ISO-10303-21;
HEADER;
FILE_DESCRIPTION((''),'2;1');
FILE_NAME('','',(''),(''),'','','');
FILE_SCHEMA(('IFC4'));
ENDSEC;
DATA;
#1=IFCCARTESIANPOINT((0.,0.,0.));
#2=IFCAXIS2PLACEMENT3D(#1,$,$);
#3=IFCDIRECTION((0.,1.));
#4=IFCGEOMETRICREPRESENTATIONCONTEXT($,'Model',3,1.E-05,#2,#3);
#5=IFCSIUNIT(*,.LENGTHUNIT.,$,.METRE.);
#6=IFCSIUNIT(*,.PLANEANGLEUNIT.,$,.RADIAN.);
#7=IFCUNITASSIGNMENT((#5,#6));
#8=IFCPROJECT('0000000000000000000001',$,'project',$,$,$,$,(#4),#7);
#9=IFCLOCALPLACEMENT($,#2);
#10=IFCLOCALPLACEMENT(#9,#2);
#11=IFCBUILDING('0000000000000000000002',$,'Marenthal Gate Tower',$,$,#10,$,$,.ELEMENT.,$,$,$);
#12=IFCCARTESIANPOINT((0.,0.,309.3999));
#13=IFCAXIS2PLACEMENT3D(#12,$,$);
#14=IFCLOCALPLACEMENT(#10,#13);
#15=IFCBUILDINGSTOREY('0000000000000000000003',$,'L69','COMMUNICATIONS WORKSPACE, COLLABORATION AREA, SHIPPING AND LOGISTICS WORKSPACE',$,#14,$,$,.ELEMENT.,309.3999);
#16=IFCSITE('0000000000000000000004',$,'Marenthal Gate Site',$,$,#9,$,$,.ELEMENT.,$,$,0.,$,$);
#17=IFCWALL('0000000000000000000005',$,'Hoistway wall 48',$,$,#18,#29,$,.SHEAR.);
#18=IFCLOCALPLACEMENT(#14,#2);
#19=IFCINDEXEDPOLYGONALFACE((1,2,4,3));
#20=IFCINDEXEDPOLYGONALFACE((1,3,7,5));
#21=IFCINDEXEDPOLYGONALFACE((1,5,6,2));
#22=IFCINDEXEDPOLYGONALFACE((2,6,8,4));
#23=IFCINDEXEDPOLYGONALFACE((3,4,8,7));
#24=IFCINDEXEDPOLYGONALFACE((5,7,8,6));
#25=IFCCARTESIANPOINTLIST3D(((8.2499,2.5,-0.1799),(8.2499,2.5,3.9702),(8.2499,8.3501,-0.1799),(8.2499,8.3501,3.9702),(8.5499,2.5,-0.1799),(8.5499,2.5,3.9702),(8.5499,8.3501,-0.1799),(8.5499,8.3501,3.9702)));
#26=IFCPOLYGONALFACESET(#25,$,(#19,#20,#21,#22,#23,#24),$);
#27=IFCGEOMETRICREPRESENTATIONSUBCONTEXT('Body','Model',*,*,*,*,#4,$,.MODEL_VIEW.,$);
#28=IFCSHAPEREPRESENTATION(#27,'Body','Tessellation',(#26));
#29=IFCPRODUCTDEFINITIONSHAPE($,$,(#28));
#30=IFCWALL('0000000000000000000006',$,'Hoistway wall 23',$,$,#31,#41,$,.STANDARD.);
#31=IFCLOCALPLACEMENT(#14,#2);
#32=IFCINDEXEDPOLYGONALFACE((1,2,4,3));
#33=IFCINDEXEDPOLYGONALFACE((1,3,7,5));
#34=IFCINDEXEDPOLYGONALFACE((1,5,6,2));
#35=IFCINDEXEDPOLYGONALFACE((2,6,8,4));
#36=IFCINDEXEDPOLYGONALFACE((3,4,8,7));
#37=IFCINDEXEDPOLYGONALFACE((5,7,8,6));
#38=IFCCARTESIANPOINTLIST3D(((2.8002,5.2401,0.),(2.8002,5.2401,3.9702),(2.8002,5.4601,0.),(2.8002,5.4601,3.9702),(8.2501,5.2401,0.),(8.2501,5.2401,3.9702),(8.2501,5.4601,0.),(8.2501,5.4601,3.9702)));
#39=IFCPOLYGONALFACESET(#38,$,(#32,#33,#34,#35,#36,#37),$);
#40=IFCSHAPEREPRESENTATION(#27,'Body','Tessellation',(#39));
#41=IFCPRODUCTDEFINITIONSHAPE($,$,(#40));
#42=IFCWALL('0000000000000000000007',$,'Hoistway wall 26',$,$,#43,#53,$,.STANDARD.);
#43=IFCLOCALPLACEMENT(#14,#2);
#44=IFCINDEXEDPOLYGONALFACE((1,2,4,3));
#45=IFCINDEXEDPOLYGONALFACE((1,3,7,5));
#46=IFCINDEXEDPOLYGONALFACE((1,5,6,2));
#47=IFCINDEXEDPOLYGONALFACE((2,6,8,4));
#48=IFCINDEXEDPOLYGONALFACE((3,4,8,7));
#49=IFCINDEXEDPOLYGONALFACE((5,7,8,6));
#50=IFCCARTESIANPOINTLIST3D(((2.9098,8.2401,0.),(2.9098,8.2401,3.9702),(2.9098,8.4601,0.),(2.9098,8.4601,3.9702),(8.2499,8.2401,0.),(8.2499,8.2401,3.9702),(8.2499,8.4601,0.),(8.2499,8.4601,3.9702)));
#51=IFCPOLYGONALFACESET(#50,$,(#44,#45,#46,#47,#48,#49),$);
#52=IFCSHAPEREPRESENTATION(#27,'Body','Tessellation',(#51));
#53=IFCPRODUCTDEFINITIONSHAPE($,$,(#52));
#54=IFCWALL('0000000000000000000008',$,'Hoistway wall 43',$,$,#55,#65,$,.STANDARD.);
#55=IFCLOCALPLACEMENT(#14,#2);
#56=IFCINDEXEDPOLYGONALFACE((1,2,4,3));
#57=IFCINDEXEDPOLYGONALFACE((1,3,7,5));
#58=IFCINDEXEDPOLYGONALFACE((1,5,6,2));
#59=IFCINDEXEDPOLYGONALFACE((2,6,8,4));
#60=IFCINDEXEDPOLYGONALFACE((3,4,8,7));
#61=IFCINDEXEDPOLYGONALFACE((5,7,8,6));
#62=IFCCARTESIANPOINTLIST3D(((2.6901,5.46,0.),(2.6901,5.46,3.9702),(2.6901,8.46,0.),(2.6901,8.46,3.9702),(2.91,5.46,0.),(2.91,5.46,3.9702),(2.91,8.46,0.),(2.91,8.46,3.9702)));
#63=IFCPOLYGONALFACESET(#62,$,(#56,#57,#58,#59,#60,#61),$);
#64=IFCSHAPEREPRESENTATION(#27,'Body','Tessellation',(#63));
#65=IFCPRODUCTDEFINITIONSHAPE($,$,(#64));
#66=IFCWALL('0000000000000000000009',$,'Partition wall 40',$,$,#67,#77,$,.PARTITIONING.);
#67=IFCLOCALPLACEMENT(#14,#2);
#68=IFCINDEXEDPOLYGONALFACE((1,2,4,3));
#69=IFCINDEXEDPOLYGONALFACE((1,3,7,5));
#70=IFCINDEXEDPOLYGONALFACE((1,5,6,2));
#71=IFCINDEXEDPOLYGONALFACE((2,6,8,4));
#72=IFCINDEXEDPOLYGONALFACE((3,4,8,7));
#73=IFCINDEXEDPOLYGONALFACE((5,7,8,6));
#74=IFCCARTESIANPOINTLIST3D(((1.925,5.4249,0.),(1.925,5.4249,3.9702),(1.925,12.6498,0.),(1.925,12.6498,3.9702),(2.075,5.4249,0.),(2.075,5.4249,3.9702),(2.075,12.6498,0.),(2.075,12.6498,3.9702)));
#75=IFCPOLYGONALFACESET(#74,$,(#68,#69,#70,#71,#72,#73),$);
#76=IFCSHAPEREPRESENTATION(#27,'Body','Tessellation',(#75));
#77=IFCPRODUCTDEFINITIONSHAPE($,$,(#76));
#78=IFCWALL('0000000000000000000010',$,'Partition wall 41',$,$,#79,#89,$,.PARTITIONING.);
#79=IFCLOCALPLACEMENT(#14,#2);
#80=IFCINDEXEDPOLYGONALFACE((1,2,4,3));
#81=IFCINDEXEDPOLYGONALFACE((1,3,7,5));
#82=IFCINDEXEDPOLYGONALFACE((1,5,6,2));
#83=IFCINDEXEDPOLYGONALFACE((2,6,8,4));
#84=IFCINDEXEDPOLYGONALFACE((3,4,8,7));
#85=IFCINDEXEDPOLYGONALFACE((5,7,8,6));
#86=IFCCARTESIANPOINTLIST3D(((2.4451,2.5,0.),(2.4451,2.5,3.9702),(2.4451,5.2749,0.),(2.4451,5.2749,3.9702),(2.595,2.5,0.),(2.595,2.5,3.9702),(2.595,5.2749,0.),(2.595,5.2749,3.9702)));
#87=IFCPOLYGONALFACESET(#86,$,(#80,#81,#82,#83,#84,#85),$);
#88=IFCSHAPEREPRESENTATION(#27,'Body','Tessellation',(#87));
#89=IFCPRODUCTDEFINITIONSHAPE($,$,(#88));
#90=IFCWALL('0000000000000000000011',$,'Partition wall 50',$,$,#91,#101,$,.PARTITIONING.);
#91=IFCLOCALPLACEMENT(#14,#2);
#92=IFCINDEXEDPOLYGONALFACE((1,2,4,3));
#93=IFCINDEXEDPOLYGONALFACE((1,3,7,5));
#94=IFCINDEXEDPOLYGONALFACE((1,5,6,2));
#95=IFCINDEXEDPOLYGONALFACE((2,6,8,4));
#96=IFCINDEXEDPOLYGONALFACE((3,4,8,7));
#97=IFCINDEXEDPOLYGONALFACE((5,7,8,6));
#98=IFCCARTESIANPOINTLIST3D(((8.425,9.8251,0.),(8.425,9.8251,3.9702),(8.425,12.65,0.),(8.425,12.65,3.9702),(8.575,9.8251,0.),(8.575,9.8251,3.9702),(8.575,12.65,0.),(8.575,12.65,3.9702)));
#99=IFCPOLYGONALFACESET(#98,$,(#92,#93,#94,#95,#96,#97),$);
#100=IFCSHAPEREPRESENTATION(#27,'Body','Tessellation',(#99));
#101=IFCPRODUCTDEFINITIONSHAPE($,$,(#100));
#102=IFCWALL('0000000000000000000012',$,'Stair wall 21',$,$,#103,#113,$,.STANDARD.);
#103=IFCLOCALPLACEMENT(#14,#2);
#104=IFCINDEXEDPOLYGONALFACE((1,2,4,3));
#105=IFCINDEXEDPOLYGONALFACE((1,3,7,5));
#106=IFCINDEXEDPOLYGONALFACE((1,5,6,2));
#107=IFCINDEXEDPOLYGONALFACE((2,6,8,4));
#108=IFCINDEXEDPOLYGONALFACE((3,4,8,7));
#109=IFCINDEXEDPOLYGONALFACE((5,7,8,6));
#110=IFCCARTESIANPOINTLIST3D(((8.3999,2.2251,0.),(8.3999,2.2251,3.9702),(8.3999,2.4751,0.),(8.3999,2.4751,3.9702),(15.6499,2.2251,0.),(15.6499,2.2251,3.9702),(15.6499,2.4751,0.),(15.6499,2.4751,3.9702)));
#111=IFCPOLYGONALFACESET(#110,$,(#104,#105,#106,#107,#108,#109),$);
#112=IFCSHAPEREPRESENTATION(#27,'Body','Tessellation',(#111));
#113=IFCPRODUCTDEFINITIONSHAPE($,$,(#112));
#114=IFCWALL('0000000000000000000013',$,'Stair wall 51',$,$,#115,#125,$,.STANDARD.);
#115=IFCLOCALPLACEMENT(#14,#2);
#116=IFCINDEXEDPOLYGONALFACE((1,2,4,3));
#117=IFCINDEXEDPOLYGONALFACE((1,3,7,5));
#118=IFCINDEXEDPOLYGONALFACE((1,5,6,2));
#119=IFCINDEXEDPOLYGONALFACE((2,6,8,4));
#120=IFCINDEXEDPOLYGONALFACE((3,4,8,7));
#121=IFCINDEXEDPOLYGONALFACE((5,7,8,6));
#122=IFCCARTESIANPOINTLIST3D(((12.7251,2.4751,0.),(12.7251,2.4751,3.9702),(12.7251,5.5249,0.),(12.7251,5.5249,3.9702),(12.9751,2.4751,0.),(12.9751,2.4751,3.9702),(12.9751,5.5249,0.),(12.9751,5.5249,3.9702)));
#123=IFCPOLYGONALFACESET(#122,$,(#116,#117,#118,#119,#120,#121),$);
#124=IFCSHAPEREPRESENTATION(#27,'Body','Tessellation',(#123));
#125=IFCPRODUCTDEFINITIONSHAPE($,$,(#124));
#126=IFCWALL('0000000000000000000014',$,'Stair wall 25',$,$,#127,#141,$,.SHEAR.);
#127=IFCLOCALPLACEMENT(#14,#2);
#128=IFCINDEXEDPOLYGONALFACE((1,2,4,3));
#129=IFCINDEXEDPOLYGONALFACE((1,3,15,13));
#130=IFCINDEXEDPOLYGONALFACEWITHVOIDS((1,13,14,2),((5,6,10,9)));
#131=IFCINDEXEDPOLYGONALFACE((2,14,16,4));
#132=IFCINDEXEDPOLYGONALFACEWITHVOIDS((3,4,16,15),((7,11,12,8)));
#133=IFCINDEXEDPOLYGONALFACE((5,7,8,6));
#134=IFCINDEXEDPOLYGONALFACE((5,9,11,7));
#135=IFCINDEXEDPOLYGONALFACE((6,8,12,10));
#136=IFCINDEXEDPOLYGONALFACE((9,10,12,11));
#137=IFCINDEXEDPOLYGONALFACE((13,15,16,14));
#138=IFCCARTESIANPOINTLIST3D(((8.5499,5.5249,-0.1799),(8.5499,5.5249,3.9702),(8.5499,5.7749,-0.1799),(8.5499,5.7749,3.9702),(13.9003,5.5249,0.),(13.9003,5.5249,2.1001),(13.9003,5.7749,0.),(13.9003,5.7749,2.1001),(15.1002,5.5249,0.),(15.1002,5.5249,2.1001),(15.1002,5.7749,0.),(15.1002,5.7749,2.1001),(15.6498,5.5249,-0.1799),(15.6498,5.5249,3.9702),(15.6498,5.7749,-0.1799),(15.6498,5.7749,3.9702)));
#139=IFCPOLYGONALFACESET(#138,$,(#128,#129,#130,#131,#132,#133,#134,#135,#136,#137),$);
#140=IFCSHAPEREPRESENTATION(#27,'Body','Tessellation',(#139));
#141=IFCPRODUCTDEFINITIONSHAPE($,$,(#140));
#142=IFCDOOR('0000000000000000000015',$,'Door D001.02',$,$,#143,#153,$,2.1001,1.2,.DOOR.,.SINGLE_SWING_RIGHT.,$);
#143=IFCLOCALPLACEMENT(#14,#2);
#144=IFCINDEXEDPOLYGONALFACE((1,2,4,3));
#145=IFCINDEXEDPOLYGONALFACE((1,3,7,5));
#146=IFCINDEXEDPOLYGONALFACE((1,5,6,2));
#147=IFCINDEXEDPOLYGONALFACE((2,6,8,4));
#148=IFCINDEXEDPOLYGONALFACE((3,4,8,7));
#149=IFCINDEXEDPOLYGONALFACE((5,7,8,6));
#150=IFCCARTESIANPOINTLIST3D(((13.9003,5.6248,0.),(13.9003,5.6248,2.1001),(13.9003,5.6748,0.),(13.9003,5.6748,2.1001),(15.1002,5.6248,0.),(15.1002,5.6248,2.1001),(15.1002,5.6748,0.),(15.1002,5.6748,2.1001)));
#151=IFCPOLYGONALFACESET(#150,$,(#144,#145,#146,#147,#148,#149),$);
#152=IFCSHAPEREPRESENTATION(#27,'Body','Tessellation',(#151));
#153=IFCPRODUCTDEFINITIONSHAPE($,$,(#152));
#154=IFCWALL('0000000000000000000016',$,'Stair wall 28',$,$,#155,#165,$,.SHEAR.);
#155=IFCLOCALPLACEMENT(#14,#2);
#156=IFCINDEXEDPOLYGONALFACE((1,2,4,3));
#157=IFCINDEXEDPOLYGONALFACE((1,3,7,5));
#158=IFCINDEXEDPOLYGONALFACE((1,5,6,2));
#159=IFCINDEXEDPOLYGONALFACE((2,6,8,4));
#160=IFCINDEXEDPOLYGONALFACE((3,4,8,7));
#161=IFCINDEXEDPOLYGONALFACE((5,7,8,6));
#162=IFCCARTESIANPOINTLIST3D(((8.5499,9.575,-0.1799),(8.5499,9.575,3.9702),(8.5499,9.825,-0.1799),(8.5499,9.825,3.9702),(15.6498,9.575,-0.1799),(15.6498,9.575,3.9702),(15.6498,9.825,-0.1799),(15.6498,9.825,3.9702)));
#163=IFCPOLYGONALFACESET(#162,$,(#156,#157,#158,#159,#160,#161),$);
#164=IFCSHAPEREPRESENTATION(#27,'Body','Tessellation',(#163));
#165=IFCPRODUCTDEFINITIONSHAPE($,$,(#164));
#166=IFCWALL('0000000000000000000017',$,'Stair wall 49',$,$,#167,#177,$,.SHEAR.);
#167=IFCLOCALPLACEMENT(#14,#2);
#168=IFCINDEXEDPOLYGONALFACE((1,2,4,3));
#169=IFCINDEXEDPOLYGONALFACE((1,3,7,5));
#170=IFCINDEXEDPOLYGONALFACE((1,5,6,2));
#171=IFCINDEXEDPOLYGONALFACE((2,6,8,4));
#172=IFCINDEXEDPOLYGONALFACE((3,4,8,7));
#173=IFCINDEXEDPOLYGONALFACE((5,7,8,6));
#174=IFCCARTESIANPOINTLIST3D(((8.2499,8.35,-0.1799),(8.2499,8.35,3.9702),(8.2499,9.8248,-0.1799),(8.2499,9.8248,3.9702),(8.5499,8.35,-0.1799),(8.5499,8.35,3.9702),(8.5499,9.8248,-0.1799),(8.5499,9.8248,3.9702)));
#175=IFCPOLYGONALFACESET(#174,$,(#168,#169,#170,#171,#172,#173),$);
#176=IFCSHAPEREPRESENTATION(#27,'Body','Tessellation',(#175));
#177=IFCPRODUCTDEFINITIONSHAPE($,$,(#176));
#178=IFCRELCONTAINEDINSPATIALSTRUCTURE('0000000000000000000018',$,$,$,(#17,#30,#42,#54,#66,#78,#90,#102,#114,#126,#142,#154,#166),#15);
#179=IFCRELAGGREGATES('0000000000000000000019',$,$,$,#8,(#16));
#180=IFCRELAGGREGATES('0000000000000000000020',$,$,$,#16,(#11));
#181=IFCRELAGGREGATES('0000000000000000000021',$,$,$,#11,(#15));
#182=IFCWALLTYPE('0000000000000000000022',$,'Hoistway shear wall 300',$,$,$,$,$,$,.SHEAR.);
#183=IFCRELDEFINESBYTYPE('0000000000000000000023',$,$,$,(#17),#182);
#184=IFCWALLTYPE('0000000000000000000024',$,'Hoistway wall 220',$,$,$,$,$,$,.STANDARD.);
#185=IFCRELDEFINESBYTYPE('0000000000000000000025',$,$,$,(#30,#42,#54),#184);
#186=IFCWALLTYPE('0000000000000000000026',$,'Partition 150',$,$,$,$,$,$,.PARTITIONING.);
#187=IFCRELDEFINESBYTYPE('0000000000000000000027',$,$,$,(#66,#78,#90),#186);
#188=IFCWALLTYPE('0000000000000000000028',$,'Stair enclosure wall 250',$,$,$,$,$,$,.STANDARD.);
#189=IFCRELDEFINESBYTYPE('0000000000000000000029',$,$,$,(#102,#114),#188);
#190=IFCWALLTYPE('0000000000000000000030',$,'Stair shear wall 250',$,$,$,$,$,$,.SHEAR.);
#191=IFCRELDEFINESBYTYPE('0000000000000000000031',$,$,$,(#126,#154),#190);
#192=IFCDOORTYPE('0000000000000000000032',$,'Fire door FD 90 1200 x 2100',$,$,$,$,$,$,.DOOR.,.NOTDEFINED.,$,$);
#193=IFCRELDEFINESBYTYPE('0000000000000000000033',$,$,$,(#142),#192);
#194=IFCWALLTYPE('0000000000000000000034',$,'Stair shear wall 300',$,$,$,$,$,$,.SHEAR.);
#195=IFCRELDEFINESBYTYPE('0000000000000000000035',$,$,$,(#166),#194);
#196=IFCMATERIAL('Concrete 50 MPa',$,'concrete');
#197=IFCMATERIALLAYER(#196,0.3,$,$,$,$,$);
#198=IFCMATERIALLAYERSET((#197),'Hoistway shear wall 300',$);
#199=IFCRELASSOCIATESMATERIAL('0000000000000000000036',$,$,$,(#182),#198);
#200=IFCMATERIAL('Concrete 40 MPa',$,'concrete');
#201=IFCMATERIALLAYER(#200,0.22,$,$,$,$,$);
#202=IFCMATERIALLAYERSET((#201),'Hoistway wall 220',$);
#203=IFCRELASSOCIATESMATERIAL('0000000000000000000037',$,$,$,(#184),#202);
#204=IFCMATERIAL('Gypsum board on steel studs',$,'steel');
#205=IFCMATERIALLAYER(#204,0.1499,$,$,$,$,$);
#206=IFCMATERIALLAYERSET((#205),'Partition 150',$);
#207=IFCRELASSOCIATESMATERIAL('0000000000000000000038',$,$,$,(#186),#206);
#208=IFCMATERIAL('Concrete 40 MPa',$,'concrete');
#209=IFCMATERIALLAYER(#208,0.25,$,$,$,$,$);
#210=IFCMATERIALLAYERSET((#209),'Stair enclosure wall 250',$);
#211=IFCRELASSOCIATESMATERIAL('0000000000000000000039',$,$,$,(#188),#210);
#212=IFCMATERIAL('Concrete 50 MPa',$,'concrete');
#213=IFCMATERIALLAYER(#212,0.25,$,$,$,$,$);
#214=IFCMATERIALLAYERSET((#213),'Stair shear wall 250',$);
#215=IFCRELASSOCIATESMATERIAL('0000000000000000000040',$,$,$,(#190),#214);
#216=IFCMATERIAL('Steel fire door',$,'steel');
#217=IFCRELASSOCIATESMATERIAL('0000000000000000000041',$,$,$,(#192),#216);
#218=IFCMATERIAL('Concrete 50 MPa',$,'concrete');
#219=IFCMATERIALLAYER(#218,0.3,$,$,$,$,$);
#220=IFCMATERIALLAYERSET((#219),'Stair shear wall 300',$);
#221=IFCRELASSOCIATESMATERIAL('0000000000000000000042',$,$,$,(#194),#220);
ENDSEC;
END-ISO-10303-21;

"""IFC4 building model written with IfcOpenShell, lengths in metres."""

from ifc_helpers import new_model, si_unit, direction, frame, frame_2d, origin, place, context, subcontext, project, spatial, rectangle, extrude, material, layer, layer_set, type_object, element, fill, save


model = new_model("IFC4")

# Units and contexts
model_context = context("Model", 3, precision=1e-05, world=origin(), true_north=direction((0.0, 1.0)))
body_context = subcontext(model_context, "Body", "Model", "MODEL_VIEW")
ifc_project = project(units=[si_unit("LENGTHUNIT", "METRE"), si_unit("PLANEANGLEUNIT", "RADIAN")], contexts=[model_context])

# Site, building, storey
site_placement = place(None, origin())
site = spatial("IfcSite", under=ifc_project, at=site_placement, Name="Marenthal Gate Site", CompositionType="ELEMENT", RefElevation=0.0)
building_placement = place(site_placement, origin())
building = spatial("IfcBuilding", under=site, at=building_placement, Name="Marenthal Gate Tower", CompositionType="ELEMENT")
storey_placement = place(building_placement, frame((0.0, 0.0, 309.3999)))
storey = spatial("IfcBuildingStorey", under=building, at=storey_placement, Name="L69", Description="COMMUNICATIONS WORKSPACE, COLLABORATION AREA, SHIPPING AND LOGISTICS WORKSPACE", CompositionType="ELEMENT", Elevation=309.3999)

# Walls
ifc_material_1 = material(Name="Concrete 50 MPa", Category="concrete")
ifc_layer_1 = layer(ifc_material_1, 0.3)
ifc_layer_set_1 = layer_set([ifc_layer_1], Name="Hoistway shear wall 300")
wall_type_1 = type_object("IfcWallType", Name="Hoistway shear wall 300", PredefinedType="SHEAR", material=ifc_layer_set_1)
wall_1_placement = place(storey_placement, frame((8.3999, 2.5, -0.1799), z_axis=(0.0, 0.0, 1.0), x_axis=(0.0, 1.0, 0.0)))
element("IfcWall", 1, at=wall_1_placement, inside=storey, type_object=wall_type_1, Name="Hoistway wall 48", PredefinedType="SHEAR", context=body_context, shape_type="SweptSolid", body=[
    extrude(rectangle(XDim=5.8501, YDim=0.3, at=frame_2d((2.925, 0.0))), origin(), (0.0, 0.0, 1.0), 4.1501),
])
ifc_material_2 = material(Name="Concrete 40 MPa", Category="concrete")
ifc_layer_2 = layer(ifc_material_2, 0.22)
ifc_layer_set_2 = layer_set([ifc_layer_2], Name="Hoistway wall 220")
wall_type_2 = type_object("IfcWallType", Name="Hoistway wall 220", PredefinedType="STANDARD", material=ifc_layer_set_2)
wall_2_placement = place(storey_placement, frame((2.8, 5.3501, 0.0), z_axis=(0.0, 0.0, 1.0), x_axis=(1.0, 0.0, 0.0)))
element("IfcWall", 2, at=wall_2_placement, inside=storey, type_object=wall_type_2, Name="Hoistway wall 23", PredefinedType="STANDARD", context=body_context, shape_type="SweptSolid", body=[
    extrude(rectangle(XDim=5.45, YDim=0.22, at=frame_2d((2.7251, 0.0))), origin(), (0.0, 0.0, 1.0), 3.9702),
])
wall_3_placement = place(storey_placement, frame((2.9099, 8.3501, 0.0), z_axis=(0.0, 0.0, 1.0), x_axis=(1.0, 0.0, 0.0)))
element("IfcWall", 3, at=wall_3_placement, inside=storey, type_object=wall_type_2, Name="Hoistway wall 26", PredefinedType="STANDARD", context=body_context, shape_type="SweptSolid", body=[
    extrude(rectangle(XDim=5.3401, YDim=0.22, at=frame_2d((2.6699, 0.0))), origin(), (0.0, 0.0, 1.0), 3.9702),
])
wall_4_placement = place(storey_placement, frame((2.8, 5.46, 0.0), z_axis=(0.0, 0.0, 1.0), x_axis=(0.0, 1.0, 0.0)))
element("IfcWall", 4, at=wall_4_placement, inside=storey, type_object=wall_type_2, Name="Hoistway wall 43", PredefinedType="STANDARD", context=body_context, shape_type="SweptSolid", body=[
    extrude(rectangle(XDim=3.0, YDim=0.22, at=frame_2d((1.5, 0.0))), origin(), (0.0, 0.0, 1.0), 3.9702),
])
ifc_material_3 = material(Name="Gypsum board on steel studs", Category="steel")
ifc_layer_3 = layer(ifc_material_3, 0.1499)
ifc_layer_set_3 = layer_set([ifc_layer_3], Name="Partition 150")
wall_type_3 = type_object("IfcWallType", Name="Partition 150", PredefinedType="PARTITIONING", material=ifc_layer_set_3)
wall_5_placement = place(storey_placement, frame((2.0, 5.425, 0.0), z_axis=(0.0, 0.0, 1.0), x_axis=(0.0, 1.0, 0.0)))
element("IfcWall", 5, at=wall_5_placement, inside=storey, type_object=wall_type_3, Name="Partition wall 40", PredefinedType="PARTITIONING", context=body_context, shape_type="SweptSolid", body=[
    extrude(rectangle(XDim=7.2249, YDim=0.1499, at=frame_2d((3.6123, 0.0))), origin(), (0.0, 0.0, 1.0), 3.9702),
])
wall_6_placement = place(storey_placement, frame((2.52, 2.5, 0.0), z_axis=(0.0, 0.0, 1.0), x_axis=(0.0, 1.0, 0.0)))
element("IfcWall", 6, at=wall_6_placement, inside=storey, type_object=wall_type_3, Name="Partition wall 41", PredefinedType="PARTITIONING", context=body_context, shape_type="SweptSolid", body=[
    extrude(rectangle(XDim=2.7749, YDim=0.1499, at=frame_2d((1.3875, 0.0))), origin(), (0.0, 0.0, 1.0), 3.9702),
])
wall_7_placement = place(storey_placement, frame((8.5, 9.825, 0.0), z_axis=(0.0, 0.0, 1.0), x_axis=(0.0, 1.0, 0.0)))
element("IfcWall", 7, at=wall_7_placement, inside=storey, type_object=wall_type_3, Name="Partition wall 50", PredefinedType="PARTITIONING", context=body_context, shape_type="SweptSolid", body=[
    extrude(rectangle(XDim=2.825, YDim=0.1499, at=frame_2d((1.4126, 0.0))), origin(), (0.0, 0.0, 1.0), 3.9702),
])
ifc_material_4 = material(Name="Concrete 40 MPa", Category="concrete")
ifc_layer_4 = layer(ifc_material_4, 0.25)
ifc_layer_set_4 = layer_set([ifc_layer_4], Name="Stair enclosure wall 250")
wall_type_4 = type_object("IfcWallType", Name="Stair enclosure wall 250", PredefinedType="STANDARD", material=ifc_layer_set_4)
wall_8_placement = place(storey_placement, frame((8.3999, 2.3501, 0.0), z_axis=(0.0, 0.0, 1.0), x_axis=(1.0, 0.0, 0.0)))
element("IfcWall", 8, at=wall_8_placement, inside=storey, type_object=wall_type_4, Name="Stair wall 21", PredefinedType="STANDARD", context=body_context, shape_type="SweptSolid", body=[
    extrude(rectangle(XDim=7.25, YDim=0.25, at=frame_2d((3.625, 0.0))), origin(), (0.0, 0.0, 1.0), 3.9702),
])
wall_9_placement = place(storey_placement, frame((12.8501, 2.4751, 0.0), z_axis=(0.0, 0.0, 1.0), x_axis=(0.0, 1.0, 0.0)))
element("IfcWall", 9, at=wall_9_placement, inside=storey, type_object=wall_type_4, Name="Stair wall 51", PredefinedType="STANDARD", context=body_context, shape_type="SweptSolid", body=[
    extrude(rectangle(XDim=3.0498, YDim=0.25, at=frame_2d((1.5249, 0.0))), origin(), (0.0, 0.0, 1.0), 3.9702),
])

# Wall, opening, door
ifc_material_5 = material(Name="Concrete 50 MPa", Category="concrete")
ifc_layer_5 = layer(ifc_material_5, 0.25)
ifc_layer_set_5 = layer_set([ifc_layer_5], Name="Stair shear wall 250")
wall_type_5 = type_object("IfcWallType", Name="Stair shear wall 250", PredefinedType="SHEAR", material=ifc_layer_set_5)
wall_10_placement = place(storey_placement, frame((8.55, 5.6499, -0.1799), z_axis=(0.0, 0.0, 1.0), x_axis=(1.0, 0.0, 0.0)))
wall_10 = element("IfcWall", 10, at=wall_10_placement, inside=storey, type_object=wall_type_5, Name="Stair wall 25", PredefinedType="SHEAR", context=body_context, shape_type="SweptSolid", body=[
    extrude(rectangle(XDim=7.0999, YDim=0.25, at=frame_2d((3.5498, 0.0))), origin(), (0.0, 0.0, 1.0), 4.1501),
])
opening_placement = place(wall_10_placement, frame((5.3501, 0.0, 0.1799)))
opening = element("IfcOpeningElement", 11, at=opening_placement, cuts=wall_10, PredefinedType="OPENING", context=body_context, shape_type="SweptSolid", body=[
    extrude(rectangle(XDim=1.2, YDim=2.1001, at=frame_2d((0.6001, 1.05))), frame((0.0, 0.135, 0.0), z_axis=(0.0, -1.0, 0.0), x_axis=(1.0, 0.0, 0.0)), (0.0, 0.0, 1.0), 0.27),
])
ifc_material_6 = material(Name="Steel fire door", Category="steel")
door_type = type_object("IfcDoorType", Name="Fire door FD 90 1200 x 2100", OperationType="NOTDEFINED", PredefinedType="DOOR", material=ifc_material_6)
door_placement = place(opening_placement, origin())
door = element("IfcDoor", 12, at=door_placement, inside=storey, type_object=door_type, Name="Door D001.02", OperationType="SINGLE_SWING_RIGHT", OverallHeight=2.1001, OverallWidth=1.2, PredefinedType="DOOR", context=body_context, shape_type="SweptSolid", body=[
    extrude(rectangle(XDim=1.2, YDim=2.1001, at=frame_2d((0.6001, 1.05))), frame((0.0, 0.0249, 0.0), z_axis=(0.0, -1.0, 0.0), x_axis=(1.0, 0.0, 0.0)), (0.0, 0.0, 1.0), 0.05),
])
fill(opening, door)

# Walls
wall_11_placement = place(storey_placement, frame((8.55, 9.7, -0.1799), z_axis=(0.0, 0.0, 1.0), x_axis=(1.0, 0.0, 0.0)))
element("IfcWall", 13, at=wall_11_placement, inside=storey, type_object=wall_type_5, Name="Stair wall 28", PredefinedType="SHEAR", context=body_context, shape_type="SweptSolid", body=[
    extrude(rectangle(XDim=7.0999, YDim=0.25, at=frame_2d((3.5498, 0.0))), origin(), (0.0, 0.0, 1.0), 4.1501),
])
ifc_material_7 = material(Name="Concrete 50 MPa", Category="concrete")
ifc_layer_6 = layer(ifc_material_7, 0.3)
ifc_layer_set_6 = layer_set([ifc_layer_6], Name="Stair shear wall 300")
wall_type_6 = type_object("IfcWallType", Name="Stair shear wall 300", PredefinedType="SHEAR", material=ifc_layer_set_6)
wall_12_placement = place(storey_placement, frame((8.3999, 8.3501, -0.1799), z_axis=(0.0, 0.0, 1.0), x_axis=(0.0, 1.0, 0.0)))
element("IfcWall", 14, at=wall_12_placement, inside=storey, type_object=wall_type_6, Name="Stair wall 49", PredefinedType="SHEAR", context=body_context, shape_type="SweptSolid", body=[
    extrude(rectangle(XDim=1.4749, YDim=0.3, at=frame_2d((0.7373, 0.0))), origin(), (0.0, 0.0, 1.0), 4.1501),
])

save(model, "model.ifc")
